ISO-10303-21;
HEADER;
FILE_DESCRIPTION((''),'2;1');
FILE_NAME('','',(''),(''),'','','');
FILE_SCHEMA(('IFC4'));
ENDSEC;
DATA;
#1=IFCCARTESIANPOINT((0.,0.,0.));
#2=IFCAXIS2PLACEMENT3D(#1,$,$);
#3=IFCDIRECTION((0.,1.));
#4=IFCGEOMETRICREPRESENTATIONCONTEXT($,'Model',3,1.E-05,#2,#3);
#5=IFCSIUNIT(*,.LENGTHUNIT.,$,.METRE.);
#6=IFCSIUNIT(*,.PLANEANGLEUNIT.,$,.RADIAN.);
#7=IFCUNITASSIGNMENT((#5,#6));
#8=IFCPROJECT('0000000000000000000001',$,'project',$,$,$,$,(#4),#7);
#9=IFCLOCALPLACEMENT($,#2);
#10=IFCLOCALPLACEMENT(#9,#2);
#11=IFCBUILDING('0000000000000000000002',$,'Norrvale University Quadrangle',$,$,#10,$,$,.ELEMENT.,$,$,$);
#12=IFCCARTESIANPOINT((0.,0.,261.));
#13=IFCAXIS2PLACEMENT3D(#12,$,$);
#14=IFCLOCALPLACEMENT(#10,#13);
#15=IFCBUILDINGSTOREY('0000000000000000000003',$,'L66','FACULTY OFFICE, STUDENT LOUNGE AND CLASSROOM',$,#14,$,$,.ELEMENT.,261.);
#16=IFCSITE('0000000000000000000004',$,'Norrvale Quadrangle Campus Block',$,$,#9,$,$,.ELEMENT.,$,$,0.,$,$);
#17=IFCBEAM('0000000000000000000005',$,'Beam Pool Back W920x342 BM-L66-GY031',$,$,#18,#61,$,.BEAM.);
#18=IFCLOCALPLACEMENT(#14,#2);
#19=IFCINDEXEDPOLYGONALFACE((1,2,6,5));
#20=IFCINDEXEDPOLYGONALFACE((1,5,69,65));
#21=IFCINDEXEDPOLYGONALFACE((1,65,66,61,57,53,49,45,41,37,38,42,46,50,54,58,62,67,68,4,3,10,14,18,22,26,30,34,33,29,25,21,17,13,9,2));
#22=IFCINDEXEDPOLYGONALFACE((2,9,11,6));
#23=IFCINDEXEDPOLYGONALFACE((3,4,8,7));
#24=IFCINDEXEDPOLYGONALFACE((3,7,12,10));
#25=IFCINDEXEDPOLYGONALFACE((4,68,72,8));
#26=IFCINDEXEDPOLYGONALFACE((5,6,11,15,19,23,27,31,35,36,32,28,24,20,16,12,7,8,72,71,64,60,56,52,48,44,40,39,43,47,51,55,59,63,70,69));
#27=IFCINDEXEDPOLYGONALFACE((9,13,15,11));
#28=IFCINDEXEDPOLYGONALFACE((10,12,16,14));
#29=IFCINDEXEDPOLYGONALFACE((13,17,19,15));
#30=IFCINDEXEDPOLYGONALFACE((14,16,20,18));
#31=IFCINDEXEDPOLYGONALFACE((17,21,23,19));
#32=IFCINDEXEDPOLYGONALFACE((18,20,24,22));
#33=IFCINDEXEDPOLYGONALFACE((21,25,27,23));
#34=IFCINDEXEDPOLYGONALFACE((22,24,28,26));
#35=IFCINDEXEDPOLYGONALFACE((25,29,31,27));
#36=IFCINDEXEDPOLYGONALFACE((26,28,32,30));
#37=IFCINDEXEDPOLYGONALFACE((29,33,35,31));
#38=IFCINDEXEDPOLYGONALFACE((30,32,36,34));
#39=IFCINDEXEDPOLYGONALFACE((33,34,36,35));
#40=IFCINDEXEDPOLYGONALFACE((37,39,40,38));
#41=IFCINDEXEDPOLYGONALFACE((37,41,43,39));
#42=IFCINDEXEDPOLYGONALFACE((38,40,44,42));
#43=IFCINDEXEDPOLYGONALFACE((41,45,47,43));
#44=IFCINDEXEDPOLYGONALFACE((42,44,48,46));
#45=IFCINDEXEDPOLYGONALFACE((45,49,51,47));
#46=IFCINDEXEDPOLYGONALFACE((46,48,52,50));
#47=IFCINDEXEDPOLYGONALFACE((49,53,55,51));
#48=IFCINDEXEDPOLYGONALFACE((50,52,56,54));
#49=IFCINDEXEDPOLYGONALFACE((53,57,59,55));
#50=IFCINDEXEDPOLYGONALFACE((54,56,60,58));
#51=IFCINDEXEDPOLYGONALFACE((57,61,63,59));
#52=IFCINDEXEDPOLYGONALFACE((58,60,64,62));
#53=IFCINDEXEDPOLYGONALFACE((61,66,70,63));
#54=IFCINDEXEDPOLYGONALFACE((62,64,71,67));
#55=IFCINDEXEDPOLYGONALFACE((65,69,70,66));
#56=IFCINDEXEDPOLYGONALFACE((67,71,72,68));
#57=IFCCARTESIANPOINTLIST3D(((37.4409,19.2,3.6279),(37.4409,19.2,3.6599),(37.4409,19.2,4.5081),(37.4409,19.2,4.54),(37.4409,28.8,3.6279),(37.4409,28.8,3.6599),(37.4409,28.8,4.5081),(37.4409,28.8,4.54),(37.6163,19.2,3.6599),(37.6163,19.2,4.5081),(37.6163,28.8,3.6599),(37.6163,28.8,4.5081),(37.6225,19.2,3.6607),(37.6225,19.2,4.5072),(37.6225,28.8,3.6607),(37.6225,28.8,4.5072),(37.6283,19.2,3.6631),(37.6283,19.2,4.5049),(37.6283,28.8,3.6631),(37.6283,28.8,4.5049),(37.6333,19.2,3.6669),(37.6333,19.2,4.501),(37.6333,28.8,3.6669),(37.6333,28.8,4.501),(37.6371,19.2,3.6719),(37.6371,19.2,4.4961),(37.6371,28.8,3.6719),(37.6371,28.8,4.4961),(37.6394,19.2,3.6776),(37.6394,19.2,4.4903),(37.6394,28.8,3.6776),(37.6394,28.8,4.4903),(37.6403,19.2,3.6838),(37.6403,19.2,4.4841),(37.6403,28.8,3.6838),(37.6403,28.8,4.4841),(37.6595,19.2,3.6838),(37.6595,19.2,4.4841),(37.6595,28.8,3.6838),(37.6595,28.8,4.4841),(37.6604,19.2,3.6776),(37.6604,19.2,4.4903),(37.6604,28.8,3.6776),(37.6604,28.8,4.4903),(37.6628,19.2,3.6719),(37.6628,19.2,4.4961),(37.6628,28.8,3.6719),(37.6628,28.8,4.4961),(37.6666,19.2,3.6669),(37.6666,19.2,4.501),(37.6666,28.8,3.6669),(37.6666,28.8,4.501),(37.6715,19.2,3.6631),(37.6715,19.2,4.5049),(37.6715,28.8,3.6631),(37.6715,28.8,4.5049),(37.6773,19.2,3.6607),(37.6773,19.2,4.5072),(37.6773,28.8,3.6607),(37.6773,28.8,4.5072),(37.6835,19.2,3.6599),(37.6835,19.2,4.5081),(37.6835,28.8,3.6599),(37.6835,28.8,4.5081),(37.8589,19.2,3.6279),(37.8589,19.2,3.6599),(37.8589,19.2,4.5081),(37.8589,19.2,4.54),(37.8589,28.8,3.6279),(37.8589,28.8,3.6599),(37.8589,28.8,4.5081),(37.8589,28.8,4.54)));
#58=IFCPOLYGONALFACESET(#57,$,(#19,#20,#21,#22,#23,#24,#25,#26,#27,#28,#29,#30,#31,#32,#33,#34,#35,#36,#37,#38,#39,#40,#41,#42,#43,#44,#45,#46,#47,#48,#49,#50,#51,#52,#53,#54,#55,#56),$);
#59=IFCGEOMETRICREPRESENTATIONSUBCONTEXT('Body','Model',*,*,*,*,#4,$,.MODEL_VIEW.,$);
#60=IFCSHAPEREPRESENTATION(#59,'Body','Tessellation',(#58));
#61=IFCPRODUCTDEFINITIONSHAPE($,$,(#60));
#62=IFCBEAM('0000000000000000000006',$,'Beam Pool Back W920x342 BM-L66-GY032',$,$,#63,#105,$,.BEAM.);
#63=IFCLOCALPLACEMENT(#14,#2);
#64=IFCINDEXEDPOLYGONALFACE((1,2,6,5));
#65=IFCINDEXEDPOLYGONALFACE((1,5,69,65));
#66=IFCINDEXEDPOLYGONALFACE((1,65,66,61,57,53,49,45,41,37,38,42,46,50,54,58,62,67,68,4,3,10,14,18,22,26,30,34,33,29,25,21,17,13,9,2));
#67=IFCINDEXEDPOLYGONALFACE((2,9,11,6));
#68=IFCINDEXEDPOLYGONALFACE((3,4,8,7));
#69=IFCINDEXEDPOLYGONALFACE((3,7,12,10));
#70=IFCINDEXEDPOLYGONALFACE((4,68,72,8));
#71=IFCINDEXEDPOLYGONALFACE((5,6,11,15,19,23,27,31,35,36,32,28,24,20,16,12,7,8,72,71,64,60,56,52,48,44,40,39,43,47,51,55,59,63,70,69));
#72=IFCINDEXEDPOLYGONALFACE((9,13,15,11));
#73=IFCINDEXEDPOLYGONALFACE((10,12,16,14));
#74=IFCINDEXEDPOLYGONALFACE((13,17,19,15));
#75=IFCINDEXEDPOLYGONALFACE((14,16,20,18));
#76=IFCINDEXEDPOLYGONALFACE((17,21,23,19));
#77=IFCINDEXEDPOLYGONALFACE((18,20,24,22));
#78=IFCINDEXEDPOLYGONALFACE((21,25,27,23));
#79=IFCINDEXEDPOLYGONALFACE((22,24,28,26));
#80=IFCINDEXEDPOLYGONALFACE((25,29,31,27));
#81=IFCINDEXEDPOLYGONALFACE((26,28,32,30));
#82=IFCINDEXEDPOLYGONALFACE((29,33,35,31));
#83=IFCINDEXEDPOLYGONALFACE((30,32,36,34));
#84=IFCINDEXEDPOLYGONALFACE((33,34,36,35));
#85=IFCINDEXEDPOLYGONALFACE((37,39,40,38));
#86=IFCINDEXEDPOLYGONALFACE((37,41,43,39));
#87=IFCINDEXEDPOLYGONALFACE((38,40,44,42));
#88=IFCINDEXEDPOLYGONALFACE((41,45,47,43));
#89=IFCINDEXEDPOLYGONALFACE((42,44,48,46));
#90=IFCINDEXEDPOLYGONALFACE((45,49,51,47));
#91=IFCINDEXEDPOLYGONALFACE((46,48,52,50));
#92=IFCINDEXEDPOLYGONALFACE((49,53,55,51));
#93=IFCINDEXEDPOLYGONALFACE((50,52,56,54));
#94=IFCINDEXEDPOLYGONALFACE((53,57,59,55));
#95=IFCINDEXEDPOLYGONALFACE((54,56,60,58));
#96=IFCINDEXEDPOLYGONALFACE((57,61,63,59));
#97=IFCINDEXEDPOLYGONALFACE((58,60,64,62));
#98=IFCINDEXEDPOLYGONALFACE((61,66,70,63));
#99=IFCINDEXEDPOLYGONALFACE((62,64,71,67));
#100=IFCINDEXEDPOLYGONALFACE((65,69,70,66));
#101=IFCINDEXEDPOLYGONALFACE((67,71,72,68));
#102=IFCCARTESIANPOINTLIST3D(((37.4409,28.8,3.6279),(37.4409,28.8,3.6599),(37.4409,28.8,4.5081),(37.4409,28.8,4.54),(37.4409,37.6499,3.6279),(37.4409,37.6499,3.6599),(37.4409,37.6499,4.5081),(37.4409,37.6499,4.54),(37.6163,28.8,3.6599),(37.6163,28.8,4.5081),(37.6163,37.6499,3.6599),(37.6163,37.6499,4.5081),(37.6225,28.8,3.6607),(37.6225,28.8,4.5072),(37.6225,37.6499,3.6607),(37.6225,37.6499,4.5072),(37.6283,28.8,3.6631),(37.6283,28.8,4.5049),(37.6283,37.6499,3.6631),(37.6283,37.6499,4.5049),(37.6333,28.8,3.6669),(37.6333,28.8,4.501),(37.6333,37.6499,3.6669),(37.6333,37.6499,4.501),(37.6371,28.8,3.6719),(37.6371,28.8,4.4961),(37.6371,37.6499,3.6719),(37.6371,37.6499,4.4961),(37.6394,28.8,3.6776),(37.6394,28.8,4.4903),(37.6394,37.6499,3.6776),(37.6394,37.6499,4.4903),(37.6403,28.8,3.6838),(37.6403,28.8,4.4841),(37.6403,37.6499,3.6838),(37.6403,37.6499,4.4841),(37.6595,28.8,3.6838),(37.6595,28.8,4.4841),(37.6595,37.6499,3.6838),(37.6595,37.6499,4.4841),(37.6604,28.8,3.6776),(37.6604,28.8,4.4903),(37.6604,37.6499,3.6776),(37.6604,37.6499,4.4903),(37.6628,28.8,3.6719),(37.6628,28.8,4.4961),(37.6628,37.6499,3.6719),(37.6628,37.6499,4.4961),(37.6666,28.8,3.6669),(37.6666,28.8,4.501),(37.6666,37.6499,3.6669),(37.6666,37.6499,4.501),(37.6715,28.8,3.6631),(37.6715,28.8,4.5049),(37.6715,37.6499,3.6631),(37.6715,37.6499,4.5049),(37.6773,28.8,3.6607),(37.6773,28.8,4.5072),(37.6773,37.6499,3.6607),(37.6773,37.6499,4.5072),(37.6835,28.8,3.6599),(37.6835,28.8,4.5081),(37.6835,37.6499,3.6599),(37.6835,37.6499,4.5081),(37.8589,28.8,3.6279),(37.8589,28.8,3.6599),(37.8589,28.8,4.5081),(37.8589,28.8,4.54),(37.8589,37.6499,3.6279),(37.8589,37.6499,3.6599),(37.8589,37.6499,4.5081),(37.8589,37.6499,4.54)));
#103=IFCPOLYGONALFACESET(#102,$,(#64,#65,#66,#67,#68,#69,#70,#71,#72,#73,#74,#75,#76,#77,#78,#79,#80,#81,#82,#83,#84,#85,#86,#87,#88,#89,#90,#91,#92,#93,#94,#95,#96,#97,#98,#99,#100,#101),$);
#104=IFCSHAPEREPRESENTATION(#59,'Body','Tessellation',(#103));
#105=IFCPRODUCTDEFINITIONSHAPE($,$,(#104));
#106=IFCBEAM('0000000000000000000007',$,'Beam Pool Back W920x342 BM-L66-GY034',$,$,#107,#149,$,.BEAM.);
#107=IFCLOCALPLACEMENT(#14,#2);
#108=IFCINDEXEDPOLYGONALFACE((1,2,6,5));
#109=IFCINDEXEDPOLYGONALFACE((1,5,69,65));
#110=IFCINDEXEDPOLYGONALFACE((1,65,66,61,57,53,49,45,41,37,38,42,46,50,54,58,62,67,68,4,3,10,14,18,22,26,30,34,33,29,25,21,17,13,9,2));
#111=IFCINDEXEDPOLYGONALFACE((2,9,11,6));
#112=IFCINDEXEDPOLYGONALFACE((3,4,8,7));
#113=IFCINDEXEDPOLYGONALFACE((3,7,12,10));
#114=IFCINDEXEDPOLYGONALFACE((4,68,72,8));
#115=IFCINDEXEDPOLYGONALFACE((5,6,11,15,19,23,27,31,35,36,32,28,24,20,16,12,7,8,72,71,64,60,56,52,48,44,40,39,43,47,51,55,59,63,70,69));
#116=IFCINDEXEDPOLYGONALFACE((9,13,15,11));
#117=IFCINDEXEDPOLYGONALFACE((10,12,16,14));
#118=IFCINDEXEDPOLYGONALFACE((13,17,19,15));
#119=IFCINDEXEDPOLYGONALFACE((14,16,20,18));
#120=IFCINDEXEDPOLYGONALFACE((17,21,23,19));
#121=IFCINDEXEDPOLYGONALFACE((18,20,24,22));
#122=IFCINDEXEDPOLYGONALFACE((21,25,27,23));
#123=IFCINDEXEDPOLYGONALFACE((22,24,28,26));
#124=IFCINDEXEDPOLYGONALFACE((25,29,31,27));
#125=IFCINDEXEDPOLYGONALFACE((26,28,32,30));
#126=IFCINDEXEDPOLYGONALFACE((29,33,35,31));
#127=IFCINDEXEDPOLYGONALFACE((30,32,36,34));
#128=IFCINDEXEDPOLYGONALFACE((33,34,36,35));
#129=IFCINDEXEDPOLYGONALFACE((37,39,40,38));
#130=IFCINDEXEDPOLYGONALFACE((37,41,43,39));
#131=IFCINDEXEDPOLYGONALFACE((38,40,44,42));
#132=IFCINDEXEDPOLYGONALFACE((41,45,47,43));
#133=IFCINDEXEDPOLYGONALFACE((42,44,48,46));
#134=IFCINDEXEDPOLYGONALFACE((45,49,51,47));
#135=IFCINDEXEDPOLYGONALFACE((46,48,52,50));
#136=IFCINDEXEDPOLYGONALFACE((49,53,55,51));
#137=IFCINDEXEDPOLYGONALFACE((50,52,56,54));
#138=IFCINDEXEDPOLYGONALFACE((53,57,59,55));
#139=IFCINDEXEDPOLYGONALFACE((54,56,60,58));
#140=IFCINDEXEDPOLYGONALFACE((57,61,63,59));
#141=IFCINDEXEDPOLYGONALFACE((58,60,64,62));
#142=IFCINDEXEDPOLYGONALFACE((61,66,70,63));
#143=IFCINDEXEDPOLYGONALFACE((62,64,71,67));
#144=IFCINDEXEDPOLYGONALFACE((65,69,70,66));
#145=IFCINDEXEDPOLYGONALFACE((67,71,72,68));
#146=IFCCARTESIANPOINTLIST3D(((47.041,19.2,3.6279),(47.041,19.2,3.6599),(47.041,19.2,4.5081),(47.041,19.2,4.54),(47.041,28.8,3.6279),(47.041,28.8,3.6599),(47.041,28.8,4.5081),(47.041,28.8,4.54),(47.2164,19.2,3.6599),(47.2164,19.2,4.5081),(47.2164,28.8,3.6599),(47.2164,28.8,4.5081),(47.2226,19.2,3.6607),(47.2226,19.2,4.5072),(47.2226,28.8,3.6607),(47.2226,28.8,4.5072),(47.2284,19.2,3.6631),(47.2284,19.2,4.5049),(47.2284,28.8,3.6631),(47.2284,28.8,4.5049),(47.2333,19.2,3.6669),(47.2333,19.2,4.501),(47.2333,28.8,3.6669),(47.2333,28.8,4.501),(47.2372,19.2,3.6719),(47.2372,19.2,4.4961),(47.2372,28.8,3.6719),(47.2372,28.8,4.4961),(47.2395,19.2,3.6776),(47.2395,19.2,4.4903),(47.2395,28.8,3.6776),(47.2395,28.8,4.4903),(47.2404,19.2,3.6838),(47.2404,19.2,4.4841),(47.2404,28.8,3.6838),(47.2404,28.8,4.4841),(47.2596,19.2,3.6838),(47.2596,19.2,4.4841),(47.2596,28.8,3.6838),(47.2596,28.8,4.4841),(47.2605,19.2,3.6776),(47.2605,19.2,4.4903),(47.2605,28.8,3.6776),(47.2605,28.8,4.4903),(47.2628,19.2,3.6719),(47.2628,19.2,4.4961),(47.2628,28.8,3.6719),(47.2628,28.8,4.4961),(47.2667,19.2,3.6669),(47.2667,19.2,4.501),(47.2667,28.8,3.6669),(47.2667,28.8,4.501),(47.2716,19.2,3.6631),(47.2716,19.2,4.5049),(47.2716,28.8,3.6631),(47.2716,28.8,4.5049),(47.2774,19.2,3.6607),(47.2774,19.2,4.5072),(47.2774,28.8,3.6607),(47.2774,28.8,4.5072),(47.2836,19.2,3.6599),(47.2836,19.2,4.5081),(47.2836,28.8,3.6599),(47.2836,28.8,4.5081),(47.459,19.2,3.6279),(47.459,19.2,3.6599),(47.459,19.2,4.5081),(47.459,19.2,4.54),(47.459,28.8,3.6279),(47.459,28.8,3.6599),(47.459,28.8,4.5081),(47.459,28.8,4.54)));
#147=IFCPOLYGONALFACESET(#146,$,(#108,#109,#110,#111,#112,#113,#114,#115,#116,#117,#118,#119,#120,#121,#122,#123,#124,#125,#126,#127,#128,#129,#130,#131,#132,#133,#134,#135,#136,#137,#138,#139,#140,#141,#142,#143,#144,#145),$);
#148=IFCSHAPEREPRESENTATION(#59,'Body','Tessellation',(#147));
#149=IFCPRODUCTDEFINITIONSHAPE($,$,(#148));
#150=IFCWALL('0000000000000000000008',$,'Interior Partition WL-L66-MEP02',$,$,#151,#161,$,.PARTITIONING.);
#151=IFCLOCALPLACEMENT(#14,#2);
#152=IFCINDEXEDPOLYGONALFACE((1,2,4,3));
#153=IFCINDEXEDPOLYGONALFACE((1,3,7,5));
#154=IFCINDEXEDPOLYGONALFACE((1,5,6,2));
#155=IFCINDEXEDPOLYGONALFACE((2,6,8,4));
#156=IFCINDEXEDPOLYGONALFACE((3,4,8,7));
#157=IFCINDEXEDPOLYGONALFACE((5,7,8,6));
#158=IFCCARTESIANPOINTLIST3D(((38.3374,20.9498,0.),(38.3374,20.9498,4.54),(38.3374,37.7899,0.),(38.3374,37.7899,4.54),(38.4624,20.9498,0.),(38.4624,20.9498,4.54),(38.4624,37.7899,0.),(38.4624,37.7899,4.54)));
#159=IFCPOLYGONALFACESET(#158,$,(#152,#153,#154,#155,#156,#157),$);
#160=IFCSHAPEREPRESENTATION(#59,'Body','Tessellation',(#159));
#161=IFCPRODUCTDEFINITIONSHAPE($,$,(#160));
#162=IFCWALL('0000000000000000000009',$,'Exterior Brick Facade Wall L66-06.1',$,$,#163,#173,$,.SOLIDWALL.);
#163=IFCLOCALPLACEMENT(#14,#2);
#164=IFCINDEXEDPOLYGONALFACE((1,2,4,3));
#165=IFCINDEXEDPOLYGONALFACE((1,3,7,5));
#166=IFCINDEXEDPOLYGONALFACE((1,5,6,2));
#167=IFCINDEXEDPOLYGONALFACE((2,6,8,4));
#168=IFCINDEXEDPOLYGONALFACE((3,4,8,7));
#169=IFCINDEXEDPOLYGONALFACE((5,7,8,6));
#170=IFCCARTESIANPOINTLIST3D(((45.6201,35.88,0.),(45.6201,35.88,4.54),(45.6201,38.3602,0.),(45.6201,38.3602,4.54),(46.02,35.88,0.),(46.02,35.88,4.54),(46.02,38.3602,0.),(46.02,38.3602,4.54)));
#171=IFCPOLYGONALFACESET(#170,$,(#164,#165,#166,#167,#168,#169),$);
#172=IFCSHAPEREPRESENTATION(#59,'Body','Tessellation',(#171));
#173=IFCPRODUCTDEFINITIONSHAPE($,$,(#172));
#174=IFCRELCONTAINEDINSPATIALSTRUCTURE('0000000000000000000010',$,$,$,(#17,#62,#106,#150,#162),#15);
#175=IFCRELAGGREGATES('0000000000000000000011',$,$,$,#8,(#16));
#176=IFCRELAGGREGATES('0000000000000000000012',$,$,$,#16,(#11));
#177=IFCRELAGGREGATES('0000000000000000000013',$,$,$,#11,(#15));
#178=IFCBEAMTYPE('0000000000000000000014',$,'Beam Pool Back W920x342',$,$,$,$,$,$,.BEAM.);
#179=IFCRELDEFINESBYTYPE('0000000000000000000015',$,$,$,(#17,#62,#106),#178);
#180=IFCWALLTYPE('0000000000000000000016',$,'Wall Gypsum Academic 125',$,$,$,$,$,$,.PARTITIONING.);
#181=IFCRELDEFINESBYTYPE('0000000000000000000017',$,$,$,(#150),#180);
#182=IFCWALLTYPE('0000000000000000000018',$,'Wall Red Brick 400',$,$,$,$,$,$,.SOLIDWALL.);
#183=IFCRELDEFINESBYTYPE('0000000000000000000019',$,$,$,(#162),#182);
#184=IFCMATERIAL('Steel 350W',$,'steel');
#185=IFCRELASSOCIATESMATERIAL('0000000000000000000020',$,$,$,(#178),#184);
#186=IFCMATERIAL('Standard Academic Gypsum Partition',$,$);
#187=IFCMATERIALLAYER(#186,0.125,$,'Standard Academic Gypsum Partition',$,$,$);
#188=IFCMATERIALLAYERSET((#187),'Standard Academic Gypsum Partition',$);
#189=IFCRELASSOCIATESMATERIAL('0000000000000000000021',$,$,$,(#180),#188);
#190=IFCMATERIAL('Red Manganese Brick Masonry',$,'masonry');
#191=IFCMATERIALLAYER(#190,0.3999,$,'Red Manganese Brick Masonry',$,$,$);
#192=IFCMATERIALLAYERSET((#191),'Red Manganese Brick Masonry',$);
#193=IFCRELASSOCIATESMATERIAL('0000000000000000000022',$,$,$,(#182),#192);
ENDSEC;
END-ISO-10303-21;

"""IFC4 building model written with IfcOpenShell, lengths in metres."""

from ifc_helpers import new_model, si_unit, direction, frame, frame_2d, origin, origin_2d, place, context, subcontext, project, spatial, rectangle, i_section, extrude, material, layer, layer_set, material_profile, profile_set, type_object, element, save


model = new_model("IFC4")

# Units and contexts
model_context = context("Model", 3, precision=1e-05, world=origin(), true_north=direction((0.0, 1.0)))
body_context = subcontext(model_context, "Body", "Model", "MODEL_VIEW")
ifc_project = project(units=[si_unit("LENGTHUNIT", "METRE"), si_unit("PLANEANGLEUNIT", "RADIAN")], contexts=[model_context])

# Site, building, storey
site_placement = place(None, origin())
site = spatial("IfcSite", under=ifc_project, at=site_placement, Name="Norrvale Quadrangle Campus Block", CompositionType="ELEMENT", RefElevation=0.0)
building_placement = place(site_placement, origin())
building = spatial("IfcBuilding", under=site, at=building_placement, Name="Norrvale University Quadrangle", CompositionType="ELEMENT")
storey_placement = place(building_placement, frame((0.0, 0.0, 261.0)))
storey = spatial("IfcBuildingStorey", under=building, at=storey_placement, Name="L66", Description="FACULTY OFFICE, STUDENT LOUNGE AND CLASSROOM", CompositionType="ELEMENT", Elevation=261.0)

# Beams
ifc_material_1 = material(Name="Steel 350W", Category="steel")
ifc_material_profile_1 = material_profile(ifc_material_1, i_section(OverallWidth=0.418, OverallDepth=0.9121, WebThickness=0.0193, FlangeThickness=0.032, FilletRadius=0.0239, at=origin_2d()), Name="Steel 350W")
ifc_profile_set_1 = profile_set([ifc_material_profile_1], Name="Steel 350W")
beam_type_1 = type_object("IfcBeamType", Name="Beam Pool Back W920x342", PredefinedType="BEAM", material=ifc_profile_set_1)
beam_1_placement = place(storey_placement, frame((37.6499, 19.2, 4.084), z_axis=(0.0, 1.0, 0.0), x_axis=(-1.0, 0.0, 0.0)))
element("IfcBeam", 1, at=beam_1_placement, inside=storey, type_object=beam_type_1, Name="Beam Pool Back W920x342 BM-L66-GY031", PredefinedType="BEAM", context=body_context, shape_type="SweptSolid", body=[
    extrude(i_section(OverallWidth=0.418, OverallDepth=0.9121, WebThickness=0.0193, FlangeThickness=0.032, FilletRadius=0.0239, at=origin_2d()), origin(), (0.0, 0.0, 1.0), 9.6001),
])
beam_2_placement = place(storey_placement, frame((37.6499, 28.8, 4.084), z_axis=(0.0, 1.0, 0.0), x_axis=(-1.0, 0.0, 0.0)))
element("IfcBeam", 2, at=beam_2_placement, inside=storey, type_object=beam_type_1, Name="Beam Pool Back W920x342 BM-L66-GY032", PredefinedType="BEAM", context=body_context, shape_type="SweptSolid", body=[
    extrude(i_section(OverallWidth=0.418, OverallDepth=0.9121, WebThickness=0.0193, FlangeThickness=0.032, FilletRadius=0.0239, at=origin_2d()), origin(), (0.0, 0.0, 1.0), 8.8499),
])
beam_3_placement = place(storey_placement, frame((47.25, 19.2, 4.084), z_axis=(0.0, 1.0, 0.0), x_axis=(-1.0, 0.0, 0.0)))
element("IfcBeam", 3, at=beam_3_placement, inside=storey, type_object=beam_type_1, Name="Beam Pool Back W920x342 BM-L66-GY034", PredefinedType="BEAM", context=body_context, shape_type="SweptSolid", body=[
    extrude(i_section(OverallWidth=0.418, OverallDepth=0.9121, WebThickness=0.0193, FlangeThickness=0.032, FilletRadius=0.0239, at=origin_2d()), origin(), (0.0, 0.0, 1.0), 9.6001),
])

# Walls
ifc_material_2 = material(Name="Standard Academic Gypsum Partition")
ifc_layer_1 = layer(ifc_material_2, 0.125, Name="Standard Academic Gypsum Partition")
ifc_layer_set_1 = layer_set([ifc_layer_1], Name="Standard Academic Gypsum Partition")
wall_type_1 = type_object("IfcWallType", Name="Wall Gypsum Academic 125", PredefinedType="PARTITIONING", material=ifc_layer_set_1)
wall_1_placement = place(storey_placement, frame((38.3999, 20.95, 0.0), z_axis=(0.0, 0.0, 1.0), x_axis=(0.0, 1.0, 0.0)))
element("IfcWall", 4, at=wall_1_placement, inside=storey, type_object=wall_type_1, Name="Interior Partition WL-L66-MEP02", PredefinedType="PARTITIONING", context=body_context, shape_type="SweptSolid", body=[
    extrude(rectangle(XDim=16.8401, YDim=0.125, at=frame_2d((8.4199, 0.0))), origin(), (0.0, 0.0, 1.0), 4.54),
])
ifc_material_3 = material(Name="Red Manganese Brick Masonry", Category="masonry")
ifc_layer_2 = layer(ifc_material_3, 0.3999, Name="Red Manganese Brick Masonry")
ifc_layer_set_2 = layer_set([ifc_layer_2], Name="Red Manganese Brick Masonry")
wall_type_2 = type_object("IfcWallType", Name="Wall Red Brick 400", PredefinedType="SOLIDWALL", material=ifc_layer_set_2)
wall_2_placement = place(storey_placement, frame((45.8201, 35.8799, 0.0), z_axis=(0.0, 0.0, 1.0), x_axis=(0.0, 1.0, 0.0)))
element("IfcWall", 5, at=wall_2_placement, inside=storey, type_object=wall_type_2, Name="Exterior Brick Facade Wall L66-06.1", PredefinedType="SOLIDWALL", context=body_context, shape_type="SweptSolid", body=[
    extrude(rectangle(XDim=2.4802, YDim=0.3999, at=frame_2d((1.2402, 0.0))), origin(), (0.0, 0.0, 1.0), 4.54),
])

save(model, "model.ifc")
